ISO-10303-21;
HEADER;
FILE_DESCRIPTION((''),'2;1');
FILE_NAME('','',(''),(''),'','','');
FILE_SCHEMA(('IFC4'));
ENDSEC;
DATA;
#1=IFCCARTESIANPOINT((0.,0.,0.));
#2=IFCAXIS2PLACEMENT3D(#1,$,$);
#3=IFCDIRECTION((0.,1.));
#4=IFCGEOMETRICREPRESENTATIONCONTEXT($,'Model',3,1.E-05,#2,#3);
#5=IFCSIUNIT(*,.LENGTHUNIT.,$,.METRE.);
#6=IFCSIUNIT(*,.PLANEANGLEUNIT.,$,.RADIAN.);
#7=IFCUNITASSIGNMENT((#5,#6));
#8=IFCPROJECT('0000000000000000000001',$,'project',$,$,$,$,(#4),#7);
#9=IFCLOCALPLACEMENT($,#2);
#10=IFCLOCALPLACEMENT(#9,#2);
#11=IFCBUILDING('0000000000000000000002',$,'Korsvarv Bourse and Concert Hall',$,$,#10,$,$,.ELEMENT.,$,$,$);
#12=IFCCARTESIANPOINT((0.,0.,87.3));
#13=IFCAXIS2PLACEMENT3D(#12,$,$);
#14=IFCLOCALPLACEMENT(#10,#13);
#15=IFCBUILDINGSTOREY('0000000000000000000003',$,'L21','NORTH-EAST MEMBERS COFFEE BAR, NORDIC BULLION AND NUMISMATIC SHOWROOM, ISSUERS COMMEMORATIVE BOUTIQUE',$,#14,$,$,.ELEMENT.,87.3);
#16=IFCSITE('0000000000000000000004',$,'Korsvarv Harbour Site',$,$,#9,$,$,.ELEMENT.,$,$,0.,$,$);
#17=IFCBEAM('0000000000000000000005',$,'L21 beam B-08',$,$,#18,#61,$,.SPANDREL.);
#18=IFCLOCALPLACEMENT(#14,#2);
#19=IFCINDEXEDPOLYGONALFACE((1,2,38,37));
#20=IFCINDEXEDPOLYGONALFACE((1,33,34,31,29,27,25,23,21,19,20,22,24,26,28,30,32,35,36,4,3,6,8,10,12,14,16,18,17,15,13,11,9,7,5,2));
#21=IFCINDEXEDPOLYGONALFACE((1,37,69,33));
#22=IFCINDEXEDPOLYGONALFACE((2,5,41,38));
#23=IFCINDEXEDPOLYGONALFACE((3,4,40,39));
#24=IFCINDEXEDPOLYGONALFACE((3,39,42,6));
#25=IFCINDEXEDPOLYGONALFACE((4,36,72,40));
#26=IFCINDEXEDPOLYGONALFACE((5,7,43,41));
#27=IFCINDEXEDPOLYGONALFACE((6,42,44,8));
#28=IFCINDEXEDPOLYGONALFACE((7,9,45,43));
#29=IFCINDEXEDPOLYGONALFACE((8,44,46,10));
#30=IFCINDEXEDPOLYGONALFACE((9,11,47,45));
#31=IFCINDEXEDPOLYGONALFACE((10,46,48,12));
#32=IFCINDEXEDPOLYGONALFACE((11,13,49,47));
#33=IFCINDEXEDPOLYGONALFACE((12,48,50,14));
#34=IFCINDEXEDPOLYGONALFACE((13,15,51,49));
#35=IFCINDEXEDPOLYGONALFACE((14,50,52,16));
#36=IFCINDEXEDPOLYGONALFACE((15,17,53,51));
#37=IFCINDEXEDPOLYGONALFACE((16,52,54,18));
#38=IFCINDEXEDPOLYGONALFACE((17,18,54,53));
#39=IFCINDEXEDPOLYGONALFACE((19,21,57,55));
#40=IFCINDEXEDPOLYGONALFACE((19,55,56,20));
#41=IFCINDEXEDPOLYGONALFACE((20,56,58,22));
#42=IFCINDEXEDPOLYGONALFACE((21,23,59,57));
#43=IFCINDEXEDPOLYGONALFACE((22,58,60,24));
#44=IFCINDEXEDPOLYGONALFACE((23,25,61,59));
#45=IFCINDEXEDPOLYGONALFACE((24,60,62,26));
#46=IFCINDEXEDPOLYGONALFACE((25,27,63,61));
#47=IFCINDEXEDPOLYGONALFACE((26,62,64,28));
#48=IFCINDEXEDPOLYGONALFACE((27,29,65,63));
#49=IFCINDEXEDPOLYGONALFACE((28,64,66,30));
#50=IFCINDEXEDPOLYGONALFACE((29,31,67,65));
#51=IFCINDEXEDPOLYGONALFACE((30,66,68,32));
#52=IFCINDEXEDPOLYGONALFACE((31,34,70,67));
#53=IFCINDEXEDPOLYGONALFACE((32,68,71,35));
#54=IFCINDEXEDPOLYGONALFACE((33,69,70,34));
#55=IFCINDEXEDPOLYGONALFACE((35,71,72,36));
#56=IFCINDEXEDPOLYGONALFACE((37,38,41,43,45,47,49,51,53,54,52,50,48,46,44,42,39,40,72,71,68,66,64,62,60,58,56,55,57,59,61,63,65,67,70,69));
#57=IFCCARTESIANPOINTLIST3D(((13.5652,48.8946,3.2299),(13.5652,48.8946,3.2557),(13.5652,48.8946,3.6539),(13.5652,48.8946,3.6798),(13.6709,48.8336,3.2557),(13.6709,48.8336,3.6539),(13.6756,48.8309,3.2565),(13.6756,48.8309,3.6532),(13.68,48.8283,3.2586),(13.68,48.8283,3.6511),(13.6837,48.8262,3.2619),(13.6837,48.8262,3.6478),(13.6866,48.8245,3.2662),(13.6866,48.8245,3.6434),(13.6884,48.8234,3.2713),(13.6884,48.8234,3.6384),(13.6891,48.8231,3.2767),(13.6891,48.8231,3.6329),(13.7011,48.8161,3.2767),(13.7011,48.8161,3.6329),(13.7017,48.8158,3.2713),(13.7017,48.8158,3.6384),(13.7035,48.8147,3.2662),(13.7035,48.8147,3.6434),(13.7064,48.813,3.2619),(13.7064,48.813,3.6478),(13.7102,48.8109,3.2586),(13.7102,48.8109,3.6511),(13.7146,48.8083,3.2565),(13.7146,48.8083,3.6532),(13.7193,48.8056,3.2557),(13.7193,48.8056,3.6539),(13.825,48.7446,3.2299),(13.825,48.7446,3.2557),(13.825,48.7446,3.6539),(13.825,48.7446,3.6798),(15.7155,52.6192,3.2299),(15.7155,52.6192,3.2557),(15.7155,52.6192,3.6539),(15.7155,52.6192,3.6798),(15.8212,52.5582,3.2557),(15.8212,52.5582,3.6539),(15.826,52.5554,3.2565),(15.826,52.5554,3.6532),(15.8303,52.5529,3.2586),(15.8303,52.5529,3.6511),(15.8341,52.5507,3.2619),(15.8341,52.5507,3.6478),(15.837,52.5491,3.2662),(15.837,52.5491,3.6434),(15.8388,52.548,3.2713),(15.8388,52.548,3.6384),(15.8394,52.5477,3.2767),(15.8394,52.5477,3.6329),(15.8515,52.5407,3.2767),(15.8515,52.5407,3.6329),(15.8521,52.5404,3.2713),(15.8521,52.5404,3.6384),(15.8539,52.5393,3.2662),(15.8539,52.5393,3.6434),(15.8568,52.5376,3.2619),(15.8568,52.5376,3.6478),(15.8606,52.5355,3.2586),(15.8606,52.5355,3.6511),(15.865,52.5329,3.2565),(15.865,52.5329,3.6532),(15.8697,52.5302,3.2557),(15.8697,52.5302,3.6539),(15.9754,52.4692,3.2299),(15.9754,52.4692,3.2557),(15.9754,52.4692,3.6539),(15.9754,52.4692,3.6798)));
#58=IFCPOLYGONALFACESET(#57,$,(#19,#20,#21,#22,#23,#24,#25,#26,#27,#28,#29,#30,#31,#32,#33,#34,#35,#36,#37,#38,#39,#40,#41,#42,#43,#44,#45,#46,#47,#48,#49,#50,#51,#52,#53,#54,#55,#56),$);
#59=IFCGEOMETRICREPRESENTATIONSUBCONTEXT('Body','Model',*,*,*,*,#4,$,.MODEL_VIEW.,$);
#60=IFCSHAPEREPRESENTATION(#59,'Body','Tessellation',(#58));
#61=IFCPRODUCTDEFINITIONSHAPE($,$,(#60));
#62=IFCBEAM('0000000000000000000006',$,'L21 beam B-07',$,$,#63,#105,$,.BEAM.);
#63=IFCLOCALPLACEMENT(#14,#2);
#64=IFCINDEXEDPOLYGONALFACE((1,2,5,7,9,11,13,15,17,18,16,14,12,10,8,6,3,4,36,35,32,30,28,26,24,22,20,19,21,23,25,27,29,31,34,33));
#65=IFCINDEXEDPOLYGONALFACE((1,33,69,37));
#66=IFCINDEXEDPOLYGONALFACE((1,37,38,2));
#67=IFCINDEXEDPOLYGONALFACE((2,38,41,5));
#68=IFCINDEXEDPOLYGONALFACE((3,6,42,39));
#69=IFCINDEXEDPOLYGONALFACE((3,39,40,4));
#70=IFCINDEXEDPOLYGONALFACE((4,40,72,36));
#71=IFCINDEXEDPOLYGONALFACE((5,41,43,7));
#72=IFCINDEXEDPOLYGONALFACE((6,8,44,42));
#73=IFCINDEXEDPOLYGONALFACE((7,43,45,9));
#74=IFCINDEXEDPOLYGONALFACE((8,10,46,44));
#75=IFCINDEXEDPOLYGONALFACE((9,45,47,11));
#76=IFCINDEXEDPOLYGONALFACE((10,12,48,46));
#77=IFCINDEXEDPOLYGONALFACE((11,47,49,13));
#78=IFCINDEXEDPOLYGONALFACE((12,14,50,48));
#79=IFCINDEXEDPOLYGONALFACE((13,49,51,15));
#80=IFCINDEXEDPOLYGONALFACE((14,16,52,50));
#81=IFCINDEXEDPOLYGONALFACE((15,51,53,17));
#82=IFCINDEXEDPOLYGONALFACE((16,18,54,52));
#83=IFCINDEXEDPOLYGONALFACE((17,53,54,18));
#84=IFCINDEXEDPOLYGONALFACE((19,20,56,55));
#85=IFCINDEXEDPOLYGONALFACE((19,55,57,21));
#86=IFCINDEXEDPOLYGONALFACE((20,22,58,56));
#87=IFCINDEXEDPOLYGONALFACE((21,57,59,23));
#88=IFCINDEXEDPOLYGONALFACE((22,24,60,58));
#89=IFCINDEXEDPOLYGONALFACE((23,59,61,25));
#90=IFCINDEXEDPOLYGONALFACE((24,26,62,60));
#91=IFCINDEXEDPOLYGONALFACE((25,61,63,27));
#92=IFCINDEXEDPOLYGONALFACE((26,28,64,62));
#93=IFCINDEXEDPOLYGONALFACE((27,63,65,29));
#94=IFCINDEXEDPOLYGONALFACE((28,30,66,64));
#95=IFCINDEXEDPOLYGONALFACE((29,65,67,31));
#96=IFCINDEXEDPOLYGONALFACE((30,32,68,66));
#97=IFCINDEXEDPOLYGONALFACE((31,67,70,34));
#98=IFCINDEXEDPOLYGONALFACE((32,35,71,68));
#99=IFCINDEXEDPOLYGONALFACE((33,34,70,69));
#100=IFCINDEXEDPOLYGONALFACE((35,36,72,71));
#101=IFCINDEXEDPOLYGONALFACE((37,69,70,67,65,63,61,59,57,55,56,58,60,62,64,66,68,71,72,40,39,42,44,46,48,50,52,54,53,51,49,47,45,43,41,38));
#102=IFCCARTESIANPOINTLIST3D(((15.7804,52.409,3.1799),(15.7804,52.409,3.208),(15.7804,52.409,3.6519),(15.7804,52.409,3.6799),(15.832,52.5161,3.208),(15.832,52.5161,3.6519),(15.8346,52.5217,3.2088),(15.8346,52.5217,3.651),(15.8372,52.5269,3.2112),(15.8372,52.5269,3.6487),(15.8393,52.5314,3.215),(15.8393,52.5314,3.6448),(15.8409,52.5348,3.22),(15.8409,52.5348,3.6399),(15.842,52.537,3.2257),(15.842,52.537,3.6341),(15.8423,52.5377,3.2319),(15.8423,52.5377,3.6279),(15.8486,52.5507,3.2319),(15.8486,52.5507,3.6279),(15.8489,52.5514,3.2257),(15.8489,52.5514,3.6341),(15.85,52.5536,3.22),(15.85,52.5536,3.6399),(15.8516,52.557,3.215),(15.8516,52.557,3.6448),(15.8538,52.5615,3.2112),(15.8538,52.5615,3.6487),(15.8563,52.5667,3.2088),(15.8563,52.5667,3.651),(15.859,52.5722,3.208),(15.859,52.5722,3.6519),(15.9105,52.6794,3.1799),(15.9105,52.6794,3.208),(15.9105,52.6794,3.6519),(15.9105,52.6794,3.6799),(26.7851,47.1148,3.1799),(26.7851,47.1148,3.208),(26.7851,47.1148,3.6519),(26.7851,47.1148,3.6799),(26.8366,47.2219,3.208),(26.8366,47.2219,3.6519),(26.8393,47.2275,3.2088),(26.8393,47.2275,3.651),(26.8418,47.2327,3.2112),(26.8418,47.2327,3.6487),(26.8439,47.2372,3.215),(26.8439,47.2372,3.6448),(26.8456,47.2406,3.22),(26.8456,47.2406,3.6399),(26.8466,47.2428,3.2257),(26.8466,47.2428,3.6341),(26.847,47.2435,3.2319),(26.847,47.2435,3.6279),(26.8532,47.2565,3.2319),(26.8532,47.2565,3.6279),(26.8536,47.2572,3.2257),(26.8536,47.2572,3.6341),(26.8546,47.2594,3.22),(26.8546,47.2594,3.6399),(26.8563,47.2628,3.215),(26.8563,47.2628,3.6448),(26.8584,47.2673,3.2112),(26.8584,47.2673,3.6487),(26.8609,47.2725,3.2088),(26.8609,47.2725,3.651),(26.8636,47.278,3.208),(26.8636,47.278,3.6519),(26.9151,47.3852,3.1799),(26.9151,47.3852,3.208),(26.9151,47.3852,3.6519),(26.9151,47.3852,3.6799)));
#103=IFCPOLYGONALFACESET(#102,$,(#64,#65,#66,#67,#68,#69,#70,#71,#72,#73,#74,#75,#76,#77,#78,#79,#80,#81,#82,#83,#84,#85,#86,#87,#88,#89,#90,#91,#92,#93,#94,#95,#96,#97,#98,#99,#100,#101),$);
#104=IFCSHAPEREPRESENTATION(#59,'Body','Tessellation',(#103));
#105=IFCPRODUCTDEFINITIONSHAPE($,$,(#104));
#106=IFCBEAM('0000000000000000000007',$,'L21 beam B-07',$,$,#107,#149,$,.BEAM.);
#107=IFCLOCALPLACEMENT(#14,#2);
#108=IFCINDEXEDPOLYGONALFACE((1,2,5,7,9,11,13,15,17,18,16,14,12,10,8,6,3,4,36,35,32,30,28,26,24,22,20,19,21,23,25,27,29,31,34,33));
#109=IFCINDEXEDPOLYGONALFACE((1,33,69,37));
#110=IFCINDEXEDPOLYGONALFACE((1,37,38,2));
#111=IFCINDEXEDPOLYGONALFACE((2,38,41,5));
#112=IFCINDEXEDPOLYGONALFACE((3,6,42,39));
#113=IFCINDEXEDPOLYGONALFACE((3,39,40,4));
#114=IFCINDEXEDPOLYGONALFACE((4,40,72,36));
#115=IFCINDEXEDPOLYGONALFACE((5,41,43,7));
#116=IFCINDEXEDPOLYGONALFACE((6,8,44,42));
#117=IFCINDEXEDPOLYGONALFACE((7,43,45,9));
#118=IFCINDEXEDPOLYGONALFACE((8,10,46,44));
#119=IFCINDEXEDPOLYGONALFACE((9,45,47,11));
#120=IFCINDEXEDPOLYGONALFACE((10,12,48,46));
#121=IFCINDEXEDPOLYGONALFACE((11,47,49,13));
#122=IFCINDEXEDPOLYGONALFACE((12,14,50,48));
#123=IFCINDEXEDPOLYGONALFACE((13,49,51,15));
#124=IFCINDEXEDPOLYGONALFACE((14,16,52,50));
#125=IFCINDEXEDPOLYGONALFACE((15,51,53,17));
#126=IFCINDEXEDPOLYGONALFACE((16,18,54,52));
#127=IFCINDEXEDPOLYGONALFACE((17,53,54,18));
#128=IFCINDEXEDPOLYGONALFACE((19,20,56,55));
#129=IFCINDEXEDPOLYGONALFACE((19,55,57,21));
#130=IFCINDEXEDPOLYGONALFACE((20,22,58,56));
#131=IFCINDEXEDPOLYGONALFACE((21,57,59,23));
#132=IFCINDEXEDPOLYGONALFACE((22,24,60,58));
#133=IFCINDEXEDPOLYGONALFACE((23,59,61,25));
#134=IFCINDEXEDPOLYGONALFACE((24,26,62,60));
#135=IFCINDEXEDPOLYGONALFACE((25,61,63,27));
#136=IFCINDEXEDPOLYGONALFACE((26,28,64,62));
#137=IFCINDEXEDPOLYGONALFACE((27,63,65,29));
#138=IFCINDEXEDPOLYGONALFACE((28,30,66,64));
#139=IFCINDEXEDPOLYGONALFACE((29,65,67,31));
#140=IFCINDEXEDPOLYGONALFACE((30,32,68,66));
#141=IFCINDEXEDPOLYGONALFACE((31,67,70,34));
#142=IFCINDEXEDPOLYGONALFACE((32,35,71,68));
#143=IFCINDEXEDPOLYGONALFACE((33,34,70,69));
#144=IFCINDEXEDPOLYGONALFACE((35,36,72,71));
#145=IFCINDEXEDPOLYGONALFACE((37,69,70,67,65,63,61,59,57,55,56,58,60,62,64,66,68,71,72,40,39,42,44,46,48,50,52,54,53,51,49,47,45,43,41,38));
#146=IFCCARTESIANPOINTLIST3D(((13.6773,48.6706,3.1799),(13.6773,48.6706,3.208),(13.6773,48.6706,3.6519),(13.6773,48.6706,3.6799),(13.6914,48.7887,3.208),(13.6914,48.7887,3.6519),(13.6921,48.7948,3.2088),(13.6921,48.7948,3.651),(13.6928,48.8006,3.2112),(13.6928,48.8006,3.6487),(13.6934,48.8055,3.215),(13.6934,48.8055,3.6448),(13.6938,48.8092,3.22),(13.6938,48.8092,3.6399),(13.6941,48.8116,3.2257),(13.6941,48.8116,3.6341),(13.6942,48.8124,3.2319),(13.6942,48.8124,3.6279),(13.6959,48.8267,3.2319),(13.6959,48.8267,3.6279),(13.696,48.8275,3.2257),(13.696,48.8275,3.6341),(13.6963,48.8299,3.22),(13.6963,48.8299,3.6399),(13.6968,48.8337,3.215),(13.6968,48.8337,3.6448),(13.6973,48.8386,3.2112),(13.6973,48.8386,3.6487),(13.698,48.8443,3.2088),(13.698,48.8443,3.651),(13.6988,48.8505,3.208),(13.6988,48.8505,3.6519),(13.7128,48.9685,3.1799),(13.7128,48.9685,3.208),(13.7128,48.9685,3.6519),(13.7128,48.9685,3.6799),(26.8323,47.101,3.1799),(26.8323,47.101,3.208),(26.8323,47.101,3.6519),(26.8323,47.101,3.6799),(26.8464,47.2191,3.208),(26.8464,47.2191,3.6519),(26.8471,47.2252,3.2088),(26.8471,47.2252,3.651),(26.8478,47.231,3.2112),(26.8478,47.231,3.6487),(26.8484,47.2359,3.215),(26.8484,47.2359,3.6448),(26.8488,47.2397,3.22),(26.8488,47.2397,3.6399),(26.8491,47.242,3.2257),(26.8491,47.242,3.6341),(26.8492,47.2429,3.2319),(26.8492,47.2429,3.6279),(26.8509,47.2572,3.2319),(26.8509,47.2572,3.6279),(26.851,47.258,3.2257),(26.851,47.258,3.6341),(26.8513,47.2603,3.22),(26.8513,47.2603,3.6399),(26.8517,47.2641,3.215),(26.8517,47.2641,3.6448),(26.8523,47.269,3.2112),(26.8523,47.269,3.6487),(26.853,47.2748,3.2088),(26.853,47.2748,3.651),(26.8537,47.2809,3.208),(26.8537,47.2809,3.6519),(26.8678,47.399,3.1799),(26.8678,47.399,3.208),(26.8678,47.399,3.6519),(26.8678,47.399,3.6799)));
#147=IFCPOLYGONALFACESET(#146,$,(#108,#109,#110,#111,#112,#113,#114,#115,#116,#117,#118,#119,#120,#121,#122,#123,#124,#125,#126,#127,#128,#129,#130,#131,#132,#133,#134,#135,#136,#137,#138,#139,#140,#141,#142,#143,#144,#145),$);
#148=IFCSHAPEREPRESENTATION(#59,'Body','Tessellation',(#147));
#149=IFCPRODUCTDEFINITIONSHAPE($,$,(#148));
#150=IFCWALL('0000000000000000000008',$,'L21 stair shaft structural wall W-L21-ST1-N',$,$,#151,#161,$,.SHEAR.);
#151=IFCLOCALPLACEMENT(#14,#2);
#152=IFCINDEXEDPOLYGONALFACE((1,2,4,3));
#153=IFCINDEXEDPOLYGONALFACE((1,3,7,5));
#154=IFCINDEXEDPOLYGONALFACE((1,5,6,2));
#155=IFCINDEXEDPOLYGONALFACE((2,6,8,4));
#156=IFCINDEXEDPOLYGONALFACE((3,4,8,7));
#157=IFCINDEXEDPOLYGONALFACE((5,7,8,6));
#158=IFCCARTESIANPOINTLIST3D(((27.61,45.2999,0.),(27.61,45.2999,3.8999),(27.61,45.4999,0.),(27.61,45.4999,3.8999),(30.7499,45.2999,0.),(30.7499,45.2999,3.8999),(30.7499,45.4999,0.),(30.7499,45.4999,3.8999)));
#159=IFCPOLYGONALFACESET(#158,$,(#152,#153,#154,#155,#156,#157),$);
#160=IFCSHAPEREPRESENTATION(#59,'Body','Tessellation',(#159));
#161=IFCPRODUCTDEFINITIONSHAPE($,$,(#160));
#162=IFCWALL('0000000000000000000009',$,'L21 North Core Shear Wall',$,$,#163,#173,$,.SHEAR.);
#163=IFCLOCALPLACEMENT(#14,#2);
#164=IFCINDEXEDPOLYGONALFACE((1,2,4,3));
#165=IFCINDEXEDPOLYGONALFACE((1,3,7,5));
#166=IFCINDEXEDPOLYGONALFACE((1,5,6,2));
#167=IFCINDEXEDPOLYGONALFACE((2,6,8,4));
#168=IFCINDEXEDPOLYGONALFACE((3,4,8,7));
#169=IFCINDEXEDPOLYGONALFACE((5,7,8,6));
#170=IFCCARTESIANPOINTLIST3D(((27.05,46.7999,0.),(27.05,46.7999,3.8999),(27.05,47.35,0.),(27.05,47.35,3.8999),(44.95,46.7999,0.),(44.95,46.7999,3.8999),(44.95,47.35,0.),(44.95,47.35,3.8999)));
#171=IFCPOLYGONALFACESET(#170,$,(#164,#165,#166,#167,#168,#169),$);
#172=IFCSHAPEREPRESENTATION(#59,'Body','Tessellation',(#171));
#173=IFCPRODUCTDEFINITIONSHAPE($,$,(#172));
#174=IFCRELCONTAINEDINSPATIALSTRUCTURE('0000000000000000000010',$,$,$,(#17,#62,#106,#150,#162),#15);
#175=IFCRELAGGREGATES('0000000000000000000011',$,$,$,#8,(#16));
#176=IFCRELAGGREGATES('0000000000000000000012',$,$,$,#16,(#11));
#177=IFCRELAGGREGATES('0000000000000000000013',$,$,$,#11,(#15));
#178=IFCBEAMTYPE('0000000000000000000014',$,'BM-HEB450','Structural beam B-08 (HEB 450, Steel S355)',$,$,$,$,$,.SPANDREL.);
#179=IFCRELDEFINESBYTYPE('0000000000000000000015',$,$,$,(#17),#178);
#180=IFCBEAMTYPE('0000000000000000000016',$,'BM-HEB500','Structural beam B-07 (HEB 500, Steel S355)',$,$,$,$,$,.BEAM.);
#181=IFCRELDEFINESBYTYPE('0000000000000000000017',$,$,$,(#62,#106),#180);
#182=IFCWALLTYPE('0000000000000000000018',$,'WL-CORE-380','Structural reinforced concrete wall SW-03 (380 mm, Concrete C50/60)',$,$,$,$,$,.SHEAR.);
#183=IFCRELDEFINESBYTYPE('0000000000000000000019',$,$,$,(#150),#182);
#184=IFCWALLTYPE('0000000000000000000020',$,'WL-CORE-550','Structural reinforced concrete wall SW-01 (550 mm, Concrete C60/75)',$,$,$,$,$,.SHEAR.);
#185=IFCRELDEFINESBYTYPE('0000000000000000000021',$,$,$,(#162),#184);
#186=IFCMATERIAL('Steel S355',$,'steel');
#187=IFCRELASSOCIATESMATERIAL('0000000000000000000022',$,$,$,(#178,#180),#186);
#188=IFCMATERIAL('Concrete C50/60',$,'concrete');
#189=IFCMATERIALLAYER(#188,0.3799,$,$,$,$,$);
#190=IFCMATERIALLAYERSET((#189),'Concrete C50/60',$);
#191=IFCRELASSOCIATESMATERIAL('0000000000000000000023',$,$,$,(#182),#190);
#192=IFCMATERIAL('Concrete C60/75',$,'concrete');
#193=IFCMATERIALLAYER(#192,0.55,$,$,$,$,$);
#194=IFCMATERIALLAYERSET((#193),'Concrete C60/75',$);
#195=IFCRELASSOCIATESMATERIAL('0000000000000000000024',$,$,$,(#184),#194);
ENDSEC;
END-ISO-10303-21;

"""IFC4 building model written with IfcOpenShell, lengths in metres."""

from ifc_helpers import new_model, si_unit, direction, frame, frame_2d, origin, origin_2d, place, context, subcontext, project, spatial, rectangle, i_section, extrude, source, transform, mapped, material, layer, layer_set, material_profile, profile_set, type_object, element, save


model = new_model("IFC4")

# Units and contexts
model_context = context("Model", 3, precision=1e-05, world=origin(), true_north=direction((0.0, 1.0)))
body_context = subcontext(model_context, "Body", "Model", "MODEL_VIEW")
ifc_project = project(units=[si_unit("LENGTHUNIT", "METRE"), si_unit("PLANEANGLEUNIT", "RADIAN")], contexts=[model_context])

# Site, building, storey
site_placement = place(None, origin())
site = spatial("IfcSite", under=ifc_project, at=site_placement, Name="Korsvarv Harbour Site", CompositionType="ELEMENT", RefElevation=0.0)
building_placement = place(site_placement, origin())
building = spatial("IfcBuilding", under=site, at=building_placement, Name="Korsvarv Bourse and Concert Hall", CompositionType="ELEMENT")
storey_placement = place(building_placement, frame((0.0, 0.0, 87.3)))
storey = spatial("IfcBuildingStorey", under=building, at=storey_placement, Name="L21", Description="NORTH-EAST MEMBERS COFFEE BAR, NORDIC BULLION AND NUMISMATIC SHOWROOM, ISSUERS COMMEMORATIVE BOUTIQUE", CompositionType="ELEMENT", Elevation=87.3)

# Shared definitions
ifc_material_1 = material(Name="Concrete C60/75", Category="concrete")

# Beams
ifc_material_2 = material(Name="Steel S355", Category="steel")
ifc_material_profile_1 = material_profile(ifc_material_2, i_section(OverallWidth=0.3, OverallDepth=0.45, WebThickness=0.0139, FlangeThickness=0.0259, FilletRadius=0.021, at=origin_2d()), Name="HEB 450")
ifc_profile_set_1 = profile_set([ifc_material_profile_1], Name="Steel S355")
beam_type_1 = type_object("IfcBeamType", Name="BM-HEB450", Description="Structural beam B-08 (HEB 450, Steel S355)", PredefinedType="SPANDREL", material=ifc_profile_set_1)
shared_shape_1 = source(origin(), body_context, "Body", "SweptSolid", [
    extrude(i_section(OverallWidth=0.3, OverallDepth=0.45, WebThickness=0.0139, FlangeThickness=0.0259, FilletRadius=0.021, at=origin_2d()), origin(), (0.0, 0.0, 1.0), 4.3008),
])
beam_1_placement = place(storey_placement, frame((15.8455, 52.5442, 3.4548), z_axis=(-0.499998, -0.866027, 0.0), x_axis=(0.866027, -0.499998, 0.0)))
element("IfcBeam", 1, at=beam_1_placement, inside=storey, type_object=beam_type_1, Name="L21 beam B-08", PredefinedType="SPANDREL", context=body_context, shape_type="MappedRepresentation", body=[
    mapped(shared_shape_1, transform((0.0, 0.0, 0.0), scale=1.0)),
])
ifc_material_profile_2 = material_profile(ifc_material_2, i_section(OverallWidth=0.3, OverallDepth=0.5, WebThickness=0.0144, FlangeThickness=0.0281, FilletRadius=0.0239, at=origin_2d()), Name="HEB 500")
ifc_profile_set_2 = profile_set([ifc_material_profile_2], Name="Steel S355")
beam_type_2 = type_object("IfcBeamType", Name="BM-HEB500", Description="Structural beam B-07 (HEB 500, Steel S355)", PredefinedType="BEAM", material=ifc_profile_set_2)
shared_shape_2 = source(origin(), body_context, "Body", "SweptSolid", [
    extrude(i_section(OverallWidth=0.3, OverallDepth=0.5, WebThickness=0.0144, FlangeThickness=0.0281, FilletRadius=0.0239, at=origin_2d()), origin(), (0.0, 0.0, 1.0), 12.2119),
])
beam_2_placement = place(storey_placement, frame((15.8455, 52.5442, 3.4299), z_axis=(0.901141, -0.433527, 0.0), x_axis=(0.433527, 0.901141, 0.0)))
element("IfcBeam", 2, at=beam_2_placement, inside=storey, type_object=beam_type_2, Name="L21 beam B-07", PredefinedType="BEAM", context=body_context, shape_type="MappedRepresentation", body=[
    mapped(shared_shape_2, transform((0.0, 0.0, 0.0), scale=1.0)),
])
shared_shape_3 = source(origin(), body_context, "Body", "SweptSolid", [
    extrude(i_section(OverallWidth=0.3, OverallDepth=0.5, WebThickness=0.0144, FlangeThickness=0.0281, FilletRadius=0.0239, at=origin_2d()), origin(), (0.0, 0.0, 1.0), 13.2483),
])
beam_3_placement = place(storey_placement, frame((13.6951, 48.8196, 3.4299), z_axis=(0.992957, -0.118474, 0.0), x_axis=(0.118474, 0.992957, 0.0)))
element("IfcBeam", 3, at=beam_3_placement, inside=storey, type_object=beam_type_2, Name="L21 beam B-07", PredefinedType="BEAM", context=body_context, shape_type="MappedRepresentation", body=[
    mapped(shared_shape_3, transform((0.0, 0.0, 0.0), scale=1.0)),
])

# Walls
ifc_material_3 = material(Name="Concrete C50/60", Category="concrete")
ifc_layer_1 = layer(ifc_material_3, 0.3799)
ifc_layer_set_1 = layer_set([ifc_layer_1], Name="Concrete C50/60")
wall_type_1 = type_object("IfcWallType", Name="WL-CORE-380", Description="Structural reinforced concrete wall SW-03 (380 mm, Concrete C50/60)", PredefinedType="SHEAR", material=ifc_layer_set_1)
wall_1_placement = place(storey_placement, frame((27.6101, 45.3999, 0.0), z_axis=(0.0, 0.0, 1.0), x_axis=(1.0, 0.0, 0.0)))
element("IfcWall", 4, at=wall_1_placement, inside=storey, type_object=wall_type_1, Name="L21 stair shaft structural wall W-L21-ST1-N", PredefinedType="SHEAR", context=body_context, shape_type="SweptSolid", body=[
    extrude(rectangle(XDim=3.1399, YDim=0.2, at=frame_2d((1.5698, 0.0))), origin(), (0.0, 0.0, 1.0), 3.8999),
])
ifc_layer_2 = layer(ifc_material_1, 0.55)
ifc_layer_set_2 = layer_set([ifc_layer_2], Name="Concrete C60/75")
wall_type_2 = type_object("IfcWallType", Name="WL-CORE-550", Description="Structural reinforced concrete wall SW-01 (550 mm, Concrete C60/75)", PredefinedType="SHEAR", material=ifc_layer_set_2)
wall_2_placement = place(storey_placement, frame((27.05, 47.075, 0.0), z_axis=(0.0, 0.0, 1.0), x_axis=(1.0, 0.0, 0.0)))
element("IfcWall", 5, at=wall_2_placement, inside=storey, type_object=wall_type_2, Name="L21 North Core Shear Wall", PredefinedType="SHEAR", context=body_context, shape_type="SweptSolid", body=[
    extrude(rectangle(XDim=17.8999, YDim=0.55, at=frame_2d((8.95, 0.0))), origin(), (0.0, 0.0, 1.0), 3.8999),
])

save(model, "model.ifc")
